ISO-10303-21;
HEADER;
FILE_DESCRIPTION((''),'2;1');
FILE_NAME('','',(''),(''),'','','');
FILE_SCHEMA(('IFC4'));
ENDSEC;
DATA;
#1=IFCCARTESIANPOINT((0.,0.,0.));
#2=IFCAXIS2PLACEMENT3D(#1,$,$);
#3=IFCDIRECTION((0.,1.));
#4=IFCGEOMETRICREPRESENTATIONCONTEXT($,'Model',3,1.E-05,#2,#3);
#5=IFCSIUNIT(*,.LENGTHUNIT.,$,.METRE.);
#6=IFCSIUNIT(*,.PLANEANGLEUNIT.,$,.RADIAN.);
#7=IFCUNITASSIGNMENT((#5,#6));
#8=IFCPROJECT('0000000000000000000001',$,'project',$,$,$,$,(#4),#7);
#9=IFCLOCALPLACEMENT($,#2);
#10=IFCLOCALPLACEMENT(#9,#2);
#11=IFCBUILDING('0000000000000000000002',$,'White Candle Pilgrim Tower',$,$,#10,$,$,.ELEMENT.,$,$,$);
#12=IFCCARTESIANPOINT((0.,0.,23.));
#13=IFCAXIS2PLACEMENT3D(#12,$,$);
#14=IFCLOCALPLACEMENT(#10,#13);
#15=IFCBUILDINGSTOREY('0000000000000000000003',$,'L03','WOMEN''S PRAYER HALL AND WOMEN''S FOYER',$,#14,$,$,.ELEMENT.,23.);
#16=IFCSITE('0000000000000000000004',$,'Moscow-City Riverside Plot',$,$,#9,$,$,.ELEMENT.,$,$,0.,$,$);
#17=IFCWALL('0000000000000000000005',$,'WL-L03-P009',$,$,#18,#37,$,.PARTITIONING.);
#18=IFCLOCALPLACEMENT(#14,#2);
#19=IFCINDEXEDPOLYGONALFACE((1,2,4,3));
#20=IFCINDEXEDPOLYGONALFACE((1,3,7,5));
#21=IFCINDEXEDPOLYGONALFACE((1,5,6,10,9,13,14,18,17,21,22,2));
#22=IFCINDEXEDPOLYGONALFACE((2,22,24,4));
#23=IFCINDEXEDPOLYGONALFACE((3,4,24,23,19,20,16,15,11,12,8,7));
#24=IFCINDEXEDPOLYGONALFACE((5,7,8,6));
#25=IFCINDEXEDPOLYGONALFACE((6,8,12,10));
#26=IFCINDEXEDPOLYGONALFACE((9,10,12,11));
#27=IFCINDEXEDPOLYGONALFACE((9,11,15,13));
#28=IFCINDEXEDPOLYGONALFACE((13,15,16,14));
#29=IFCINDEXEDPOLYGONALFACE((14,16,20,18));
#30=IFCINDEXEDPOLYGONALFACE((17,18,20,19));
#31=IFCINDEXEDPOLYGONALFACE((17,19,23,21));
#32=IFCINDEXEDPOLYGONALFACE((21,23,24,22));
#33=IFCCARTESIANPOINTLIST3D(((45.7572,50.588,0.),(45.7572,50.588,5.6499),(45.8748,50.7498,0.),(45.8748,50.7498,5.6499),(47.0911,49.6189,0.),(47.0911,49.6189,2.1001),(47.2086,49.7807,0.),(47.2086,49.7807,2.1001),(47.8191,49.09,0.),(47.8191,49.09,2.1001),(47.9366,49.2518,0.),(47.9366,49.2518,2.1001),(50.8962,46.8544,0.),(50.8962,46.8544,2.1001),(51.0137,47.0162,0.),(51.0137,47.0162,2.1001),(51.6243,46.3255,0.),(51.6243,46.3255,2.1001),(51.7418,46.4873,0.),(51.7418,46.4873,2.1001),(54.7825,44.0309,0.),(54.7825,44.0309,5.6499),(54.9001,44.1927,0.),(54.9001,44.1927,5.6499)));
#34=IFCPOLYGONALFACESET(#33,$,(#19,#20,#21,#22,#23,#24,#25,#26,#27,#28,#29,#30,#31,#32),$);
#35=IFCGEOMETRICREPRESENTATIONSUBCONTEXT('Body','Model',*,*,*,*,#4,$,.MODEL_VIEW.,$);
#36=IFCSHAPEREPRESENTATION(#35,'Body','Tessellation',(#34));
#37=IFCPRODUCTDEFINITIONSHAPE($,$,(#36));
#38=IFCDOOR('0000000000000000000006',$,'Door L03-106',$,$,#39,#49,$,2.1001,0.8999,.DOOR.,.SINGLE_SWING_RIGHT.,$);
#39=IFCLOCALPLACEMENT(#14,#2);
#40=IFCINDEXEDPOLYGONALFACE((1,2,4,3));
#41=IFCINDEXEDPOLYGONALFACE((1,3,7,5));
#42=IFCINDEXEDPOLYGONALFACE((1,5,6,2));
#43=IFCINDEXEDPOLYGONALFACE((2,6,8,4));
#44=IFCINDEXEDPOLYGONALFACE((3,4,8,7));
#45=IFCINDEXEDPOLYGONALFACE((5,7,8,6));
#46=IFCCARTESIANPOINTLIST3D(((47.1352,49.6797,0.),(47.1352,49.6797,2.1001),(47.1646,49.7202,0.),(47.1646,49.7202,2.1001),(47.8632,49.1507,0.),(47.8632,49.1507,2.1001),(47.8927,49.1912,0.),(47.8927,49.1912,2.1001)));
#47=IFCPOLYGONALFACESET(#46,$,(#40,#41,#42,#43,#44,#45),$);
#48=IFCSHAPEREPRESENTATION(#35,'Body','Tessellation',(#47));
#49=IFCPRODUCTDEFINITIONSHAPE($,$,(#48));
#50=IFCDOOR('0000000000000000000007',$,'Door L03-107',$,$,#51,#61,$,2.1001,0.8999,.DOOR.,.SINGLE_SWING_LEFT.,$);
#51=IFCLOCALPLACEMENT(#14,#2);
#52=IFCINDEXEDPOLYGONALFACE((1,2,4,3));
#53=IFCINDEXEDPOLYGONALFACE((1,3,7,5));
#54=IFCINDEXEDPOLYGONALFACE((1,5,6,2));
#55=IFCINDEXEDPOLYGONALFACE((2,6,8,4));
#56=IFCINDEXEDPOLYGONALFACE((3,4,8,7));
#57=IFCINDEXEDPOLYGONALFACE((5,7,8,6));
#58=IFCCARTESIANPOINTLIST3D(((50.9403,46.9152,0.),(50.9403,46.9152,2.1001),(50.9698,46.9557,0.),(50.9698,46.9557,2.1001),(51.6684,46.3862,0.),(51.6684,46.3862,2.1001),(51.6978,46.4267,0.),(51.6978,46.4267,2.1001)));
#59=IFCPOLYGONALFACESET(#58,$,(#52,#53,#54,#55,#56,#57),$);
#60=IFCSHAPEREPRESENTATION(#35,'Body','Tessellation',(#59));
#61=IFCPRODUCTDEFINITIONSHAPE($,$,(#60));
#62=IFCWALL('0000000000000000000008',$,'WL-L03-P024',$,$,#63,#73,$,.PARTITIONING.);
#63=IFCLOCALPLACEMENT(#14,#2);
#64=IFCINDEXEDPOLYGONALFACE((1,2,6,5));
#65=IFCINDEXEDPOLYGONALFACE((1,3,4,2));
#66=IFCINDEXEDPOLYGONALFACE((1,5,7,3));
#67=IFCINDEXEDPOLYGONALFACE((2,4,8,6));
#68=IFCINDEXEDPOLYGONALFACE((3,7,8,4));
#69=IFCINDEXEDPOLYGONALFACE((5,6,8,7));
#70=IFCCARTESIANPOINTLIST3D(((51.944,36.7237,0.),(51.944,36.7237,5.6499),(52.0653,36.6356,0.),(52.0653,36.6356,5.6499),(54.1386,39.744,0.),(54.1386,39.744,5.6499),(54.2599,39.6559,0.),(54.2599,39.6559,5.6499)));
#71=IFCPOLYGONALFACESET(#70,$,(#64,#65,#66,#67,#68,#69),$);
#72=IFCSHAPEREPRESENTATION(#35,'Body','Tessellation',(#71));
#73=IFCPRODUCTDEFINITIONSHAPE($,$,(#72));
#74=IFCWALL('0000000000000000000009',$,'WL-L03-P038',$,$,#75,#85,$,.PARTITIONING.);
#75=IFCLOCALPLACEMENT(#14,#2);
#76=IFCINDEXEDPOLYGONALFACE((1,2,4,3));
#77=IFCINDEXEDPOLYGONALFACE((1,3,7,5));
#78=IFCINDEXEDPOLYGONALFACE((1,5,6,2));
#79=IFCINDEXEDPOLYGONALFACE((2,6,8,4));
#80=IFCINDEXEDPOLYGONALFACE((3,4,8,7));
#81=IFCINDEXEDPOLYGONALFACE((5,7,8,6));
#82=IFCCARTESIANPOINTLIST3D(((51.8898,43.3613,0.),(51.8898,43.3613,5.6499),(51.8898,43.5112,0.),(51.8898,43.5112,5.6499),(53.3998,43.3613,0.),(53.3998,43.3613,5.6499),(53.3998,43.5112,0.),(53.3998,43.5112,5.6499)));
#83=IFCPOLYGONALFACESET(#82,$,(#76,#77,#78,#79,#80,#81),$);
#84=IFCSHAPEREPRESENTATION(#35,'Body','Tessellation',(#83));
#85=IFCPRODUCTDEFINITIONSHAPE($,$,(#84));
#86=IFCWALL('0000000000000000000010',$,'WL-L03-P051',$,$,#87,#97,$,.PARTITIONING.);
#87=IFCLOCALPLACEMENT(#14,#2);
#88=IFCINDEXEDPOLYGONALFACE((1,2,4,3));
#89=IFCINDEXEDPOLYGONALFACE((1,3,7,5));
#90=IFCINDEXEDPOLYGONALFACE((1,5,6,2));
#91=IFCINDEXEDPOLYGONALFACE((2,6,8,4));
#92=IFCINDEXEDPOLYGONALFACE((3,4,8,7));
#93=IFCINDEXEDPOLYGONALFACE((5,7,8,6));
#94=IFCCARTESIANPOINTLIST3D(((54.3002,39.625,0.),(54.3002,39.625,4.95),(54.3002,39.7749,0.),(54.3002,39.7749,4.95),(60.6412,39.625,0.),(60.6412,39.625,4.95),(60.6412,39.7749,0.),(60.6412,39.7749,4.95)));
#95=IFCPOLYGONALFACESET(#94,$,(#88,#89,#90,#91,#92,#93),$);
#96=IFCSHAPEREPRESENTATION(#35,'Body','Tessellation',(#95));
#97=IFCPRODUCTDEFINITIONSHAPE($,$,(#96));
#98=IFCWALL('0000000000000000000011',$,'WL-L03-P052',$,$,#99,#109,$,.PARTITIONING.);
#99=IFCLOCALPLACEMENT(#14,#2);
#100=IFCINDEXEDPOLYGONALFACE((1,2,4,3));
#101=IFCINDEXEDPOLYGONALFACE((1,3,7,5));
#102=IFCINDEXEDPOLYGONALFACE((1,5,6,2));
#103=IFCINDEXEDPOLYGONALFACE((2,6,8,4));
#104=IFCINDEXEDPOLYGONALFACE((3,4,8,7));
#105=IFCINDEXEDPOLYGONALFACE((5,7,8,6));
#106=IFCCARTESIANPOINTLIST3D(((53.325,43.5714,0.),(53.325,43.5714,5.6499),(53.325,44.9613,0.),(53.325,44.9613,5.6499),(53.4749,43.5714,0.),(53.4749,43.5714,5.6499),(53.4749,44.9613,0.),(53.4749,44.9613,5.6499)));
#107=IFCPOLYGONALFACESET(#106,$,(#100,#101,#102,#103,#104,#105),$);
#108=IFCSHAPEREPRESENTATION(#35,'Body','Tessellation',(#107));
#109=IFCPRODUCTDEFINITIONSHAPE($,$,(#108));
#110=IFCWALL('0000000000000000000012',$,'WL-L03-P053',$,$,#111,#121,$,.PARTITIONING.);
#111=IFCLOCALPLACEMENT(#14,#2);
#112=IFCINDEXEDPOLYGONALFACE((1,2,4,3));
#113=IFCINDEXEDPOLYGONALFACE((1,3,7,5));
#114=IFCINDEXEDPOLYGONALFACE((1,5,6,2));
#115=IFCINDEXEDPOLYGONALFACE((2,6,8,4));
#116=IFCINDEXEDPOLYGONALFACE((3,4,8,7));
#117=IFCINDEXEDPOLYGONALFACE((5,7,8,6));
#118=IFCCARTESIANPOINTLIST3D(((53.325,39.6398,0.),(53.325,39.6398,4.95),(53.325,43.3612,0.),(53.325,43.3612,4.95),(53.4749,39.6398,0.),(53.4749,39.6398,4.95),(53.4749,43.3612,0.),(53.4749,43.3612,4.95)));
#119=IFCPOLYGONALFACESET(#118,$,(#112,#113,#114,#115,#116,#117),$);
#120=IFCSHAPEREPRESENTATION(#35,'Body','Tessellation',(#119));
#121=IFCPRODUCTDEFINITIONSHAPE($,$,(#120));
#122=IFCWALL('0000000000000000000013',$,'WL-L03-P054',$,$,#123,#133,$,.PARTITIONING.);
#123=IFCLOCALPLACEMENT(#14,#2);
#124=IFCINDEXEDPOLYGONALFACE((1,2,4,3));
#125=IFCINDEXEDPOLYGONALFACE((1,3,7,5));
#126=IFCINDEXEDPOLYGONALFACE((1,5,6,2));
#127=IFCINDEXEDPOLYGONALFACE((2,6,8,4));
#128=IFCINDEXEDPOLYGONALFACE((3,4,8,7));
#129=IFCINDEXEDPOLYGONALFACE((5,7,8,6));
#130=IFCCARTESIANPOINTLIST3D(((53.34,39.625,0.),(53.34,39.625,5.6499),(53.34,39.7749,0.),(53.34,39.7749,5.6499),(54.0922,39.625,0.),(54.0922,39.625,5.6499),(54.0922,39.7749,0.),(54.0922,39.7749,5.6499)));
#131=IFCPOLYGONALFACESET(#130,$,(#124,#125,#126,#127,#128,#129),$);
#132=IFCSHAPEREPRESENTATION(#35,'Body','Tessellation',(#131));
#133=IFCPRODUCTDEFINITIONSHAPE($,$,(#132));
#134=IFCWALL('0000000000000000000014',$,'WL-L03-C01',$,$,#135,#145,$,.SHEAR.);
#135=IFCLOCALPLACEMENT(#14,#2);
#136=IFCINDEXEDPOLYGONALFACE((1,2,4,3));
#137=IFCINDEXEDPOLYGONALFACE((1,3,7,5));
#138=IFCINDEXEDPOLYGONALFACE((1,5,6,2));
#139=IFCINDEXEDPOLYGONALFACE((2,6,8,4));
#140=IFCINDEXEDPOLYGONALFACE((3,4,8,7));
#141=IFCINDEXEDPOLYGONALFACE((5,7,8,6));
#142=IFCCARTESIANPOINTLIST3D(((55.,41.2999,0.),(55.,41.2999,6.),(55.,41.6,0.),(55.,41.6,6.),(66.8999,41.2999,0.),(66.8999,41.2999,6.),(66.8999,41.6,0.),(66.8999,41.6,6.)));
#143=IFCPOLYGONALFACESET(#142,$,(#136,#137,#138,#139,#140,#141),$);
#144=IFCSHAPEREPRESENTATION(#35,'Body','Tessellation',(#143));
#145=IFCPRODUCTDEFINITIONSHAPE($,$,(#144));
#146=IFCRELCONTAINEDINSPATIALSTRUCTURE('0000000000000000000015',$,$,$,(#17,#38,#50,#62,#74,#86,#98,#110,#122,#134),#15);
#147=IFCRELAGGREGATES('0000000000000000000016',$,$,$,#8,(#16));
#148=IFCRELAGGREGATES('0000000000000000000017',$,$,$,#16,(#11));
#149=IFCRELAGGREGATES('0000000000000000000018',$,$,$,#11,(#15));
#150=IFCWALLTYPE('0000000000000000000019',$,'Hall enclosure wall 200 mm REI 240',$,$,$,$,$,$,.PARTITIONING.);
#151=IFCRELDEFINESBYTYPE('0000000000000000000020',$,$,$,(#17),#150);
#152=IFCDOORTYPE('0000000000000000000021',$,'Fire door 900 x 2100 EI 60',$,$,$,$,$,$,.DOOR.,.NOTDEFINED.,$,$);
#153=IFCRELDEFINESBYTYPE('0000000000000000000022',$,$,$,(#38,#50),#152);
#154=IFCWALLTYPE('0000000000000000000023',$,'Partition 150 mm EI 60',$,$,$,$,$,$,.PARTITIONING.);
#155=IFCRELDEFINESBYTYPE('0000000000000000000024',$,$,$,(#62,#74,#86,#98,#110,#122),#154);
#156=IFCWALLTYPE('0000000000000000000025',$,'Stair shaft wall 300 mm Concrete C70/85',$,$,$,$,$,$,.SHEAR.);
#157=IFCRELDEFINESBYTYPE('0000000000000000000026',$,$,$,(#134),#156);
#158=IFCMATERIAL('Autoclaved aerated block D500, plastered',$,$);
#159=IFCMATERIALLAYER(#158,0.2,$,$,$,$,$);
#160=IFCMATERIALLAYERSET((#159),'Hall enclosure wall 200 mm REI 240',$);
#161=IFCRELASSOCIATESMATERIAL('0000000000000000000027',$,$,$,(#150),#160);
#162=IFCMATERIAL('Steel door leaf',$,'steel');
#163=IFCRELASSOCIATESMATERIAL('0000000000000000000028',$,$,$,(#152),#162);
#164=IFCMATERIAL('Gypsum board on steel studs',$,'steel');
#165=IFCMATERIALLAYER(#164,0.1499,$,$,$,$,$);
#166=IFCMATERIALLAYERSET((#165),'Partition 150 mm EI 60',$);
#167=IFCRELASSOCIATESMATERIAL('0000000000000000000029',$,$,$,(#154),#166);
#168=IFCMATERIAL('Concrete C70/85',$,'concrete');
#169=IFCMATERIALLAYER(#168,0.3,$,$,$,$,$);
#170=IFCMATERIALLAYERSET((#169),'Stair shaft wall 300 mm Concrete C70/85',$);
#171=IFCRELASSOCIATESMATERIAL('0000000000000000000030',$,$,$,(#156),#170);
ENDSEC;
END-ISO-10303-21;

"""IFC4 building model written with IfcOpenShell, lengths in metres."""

from ifc_helpers import new_model, si_unit, direction, frame, frame_2d, origin, place, context, subcontext, project, spatial, rectangle, extrude, material, layer, layer_set, type_object, element, fill, save


model = new_model("IFC4")

# Units and contexts
model_context = context("Model", 3, precision=1e-05, world=origin(), true_north=direction((0.0, 1.0)))
body_context = subcontext(model_context, "Body", "Model", "MODEL_VIEW")
ifc_project = project(units=[si_unit("LENGTHUNIT", "METRE"), si_unit("PLANEANGLEUNIT", "RADIAN")], contexts=[model_context])

# Site, building, storey
site_placement = place(None, origin())
site = spatial("IfcSite", under=ifc_project, at=site_placement, Name="Moscow-City Riverside Plot", CompositionType="ELEMENT", RefElevation=0.0)
building_placement = place(site_placement, origin())
building = spatial("IfcBuilding", under=site, at=building_placement, Name="White Candle Pilgrim Tower", CompositionType="ELEMENT")
storey_placement = place(building_placement, frame((0.0, 0.0, 23.0)))
storey = spatial("IfcBuildingStorey", under=building, at=storey_placement, Name="L03", Description="WOMEN'S PRAYER HALL AND WOMEN'S FOYER", CompositionType="ELEMENT", Elevation=23.0)

# Wall, openings, doors
ifc_material_1 = material(Name="Autoclaved aerated block D500, plastered")
ifc_layer_1 = layer(ifc_material_1, 0.2)
ifc_layer_set_1 = layer_set([ifc_layer_1], Name="Hall enclosure wall 200 mm REI 240")
wall_type_1 = type_object("IfcWallType", Name="Hall enclosure wall 200 mm REI 240", PredefinedType="PARTITIONING", material=ifc_layer_set_1)
wall_1_placement = place(storey_placement, frame((54.8413, 44.1118, 0.0), z_axis=(0.0, 0.0, 1.0), x_axis=(-0.809026, 0.587773, 0.0)))
wall_1 = element("IfcWall", 1, at=wall_1_placement, inside=storey, type_object=wall_type_1, Name="WL-L03-P009", PredefinedType="PARTITIONING", context=body_context, shape_type="SweptSolid", body=[
    extrude(rectangle(XDim=11.1558, YDim=0.2, at=frame_2d((5.5779, 0.0))), origin(), (0.0, 0.0, 1.0), 5.6499),
])
opening_1_placement = place(wall_1_placement, frame((8.6072, 0.0, 0.0)))
opening_1 = element("IfcOpeningElement", 2, at=opening_1_placement, cuts=wall_1, PredefinedType="OPENING", context=body_context, shape_type="SweptSolid", body=[
    extrude(rectangle(XDim=0.8999, YDim=2.1001, at=frame_2d((0.45, 1.05))), frame((0.0, 0.1099, 0.0), z_axis=(0.0, -1.0, 0.0), x_axis=(1.0, 0.0, 0.0)), (0.0, 0.0, 1.0), 0.22),
])
opening_2_placement = place(wall_1_placement, frame((3.9038, 0.0, 0.0)))
opening_2 = element("IfcOpeningElement", 3, at=opening_2_placement, cuts=wall_1, PredefinedType="OPENING", context=body_context, shape_type="SweptSolid", body=[
    extrude(rectangle(XDim=0.8999, YDim=2.1001, at=frame_2d((0.45, 1.05))), frame((0.0, 0.1099, 0.0), z_axis=(0.0, -1.0, 0.0), x_axis=(1.0, 0.0, 0.0)), (0.0, 0.0, 1.0), 0.22),
])
ifc_material_2 = material(Name="Steel door leaf", Category="steel")
door_type = type_object("IfcDoorType", Name="Fire door 900 x 2100 EI 60", OperationType="NOTDEFINED", PredefinedType="DOOR", material=ifc_material_2)
door_1_placement = place(opening_1_placement, origin())
door_1 = element("IfcDoor", 4, at=door_1_placement, inside=storey, type_object=door_type, Name="Door L03-106", OperationType="SINGLE_SWING_RIGHT", OverallHeight=2.1001, OverallWidth=0.8999, PredefinedType="DOOR", context=body_context, shape_type="SweptSolid", body=[
    extrude(rectangle(XDim=0.8999, YDim=2.1001, at=frame_2d((0.45, 1.05))), frame((0.0, 0.0249, 0.0), z_axis=(0.0, -1.0, 0.0), x_axis=(1.0, 0.0, 0.0)), (0.0, 0.0, 1.0), 0.05),
])
fill(opening_1, door_1)
door_2_placement = place(opening_2_placement, origin())
door_2 = element("IfcDoor", 5, at=door_2_placement, inside=storey, type_object=door_type, Name="Door L03-107", OperationType="SINGLE_SWING_LEFT", OverallHeight=2.1001, OverallWidth=0.8999, PredefinedType="DOOR", context=body_context, shape_type="SweptSolid", body=[
    extrude(rectangle(XDim=0.8999, YDim=2.1001, at=frame_2d((0.45, 1.05))), frame((0.0, 0.0249, 0.0), z_axis=(0.0, -1.0, 0.0), x_axis=(1.0, 0.0, 0.0)), (0.0, 0.0, 1.0), 0.05),
])
fill(opening_2, door_2)

# Walls
ifc_material_3 = material(Name="Gypsum board on steel studs", Category="steel")
ifc_layer_2 = layer(ifc_material_3, 0.1499)
ifc_layer_set_2 = layer_set([ifc_layer_2], Name="Partition 150 mm EI 60")
wall_type_2 = type_object("IfcWallType", Name="Partition 150 mm EI 60", PredefinedType="PARTITIONING", material=ifc_layer_set_2)
wall_2_placement = place(storey_placement, frame((52.0046, 36.6797, 0.0), z_axis=(0.0, 0.0, 1.0), x_axis=(0.587826, 0.808988, 0.0)))
element("IfcWall", 6, at=wall_2_placement, inside=storey, type_object=wall_type_2, Name="WL-L03-P024", PredefinedType="PARTITIONING", context=body_context, shape_type="SweptSolid", body=[
    extrude(rectangle(XDim=3.7334, YDim=0.1499, at=frame_2d((1.8667, 0.0))), origin(), (0.0, 0.0, 1.0), 5.6499),
])
wall_3_placement = place(storey_placement, frame((51.8899, 43.4363, 0.0), z_axis=(0.0, 0.0, 1.0), x_axis=(1.0, 0.0, 0.0)))
element("IfcWall", 7, at=wall_3_placement, inside=storey, type_object=wall_type_2, Name="WL-L03-P038", PredefinedType="PARTITIONING", context=body_context, shape_type="SweptSolid", body=[
    extrude(rectangle(XDim=1.51, YDim=0.1499, at=frame_2d((0.7549, 0.0))), origin(), (0.0, 0.0, 1.0), 5.6499),
])
wall_4_placement = place(storey_placement, frame((54.3003, 39.7, 0.0), z_axis=(0.0, 0.0, 1.0), x_axis=(1.0, 0.0, 0.0)))
element("IfcWall", 8, at=wall_4_placement, inside=storey, type_object=wall_type_2, Name="WL-L03-P051", PredefinedType="PARTITIONING", context=body_context, shape_type="SweptSolid", body=[
    extrude(rectangle(XDim=6.3411, YDim=0.1499, at=frame_2d((3.1704, 0.0))), origin(), (0.0, 0.0, 1.0), 4.95),
])
wall_5_placement = place(storey_placement, frame((53.3999, 44.9612, 0.0), z_axis=(0.0, 0.0, 1.0), x_axis=(0.0, -1.0, 0.0)))
element("IfcWall", 9, at=wall_5_placement, inside=storey, type_object=wall_type_2, Name="WL-L03-P052", PredefinedType="PARTITIONING", context=body_context, shape_type="SweptSolid", body=[
    extrude(rectangle(XDim=1.3899, YDim=0.1499, at=frame_2d((0.6948, 0.0))), origin(), (0.0, 0.0, 1.0), 5.6499),
])
wall_6_placement = place(storey_placement, frame((53.3999, 43.3613, 0.0), z_axis=(0.0, 0.0, 1.0), x_axis=(0.0, -1.0, 0.0)))
element("IfcWall", 10, at=wall_6_placement, inside=storey, type_object=wall_type_2, Name="WL-L03-P053", PredefinedType="PARTITIONING", context=body_context, shape_type="SweptSolid", body=[
    extrude(rectangle(XDim=3.7214, YDim=0.1499, at=frame_2d((1.8608, 0.0))), origin(), (0.0, 0.0, 1.0), 4.95),
])
wall_7_placement = place(storey_placement, frame((53.3401, 39.7, 0.0), z_axis=(0.0, 0.0, 1.0), x_axis=(1.0, 0.0, 0.0)))
element("IfcWall", 11, at=wall_7_placement, inside=storey, type_object=wall_type_2, Name="WL-L03-P054", PredefinedType="PARTITIONING", context=body_context, shape_type="SweptSolid", body=[
    extrude(rectangle(XDim=0.7522, YDim=0.1499, at=frame_2d((0.376, 0.0))), origin(), (0.0, 0.0, 1.0), 5.6499),
])
ifc_material_4 = material(Name="Concrete C70/85", Category="concrete")
ifc_layer_3 = layer(ifc_material_4, 0.3)
ifc_layer_set_3 = layer_set([ifc_layer_3], Name="Stair shaft wall 300 mm Concrete C70/85")
wall_type_3 = type_object("IfcWallType", Name="Stair shaft wall 300 mm Concrete C70/85", PredefinedType="SHEAR", material=ifc_layer_set_3)
wall_8_placement = place(storey_placement, frame((55.0, 41.45, 0.0), z_axis=(0.0, 0.0, 1.0), x_axis=(1.0, 0.0, 0.0)))
element("IfcWall", 12, at=wall_8_placement, inside=storey, type_object=wall_type_3, Name="WL-L03-C01", PredefinedType="SHEAR", context=body_context, shape_type="SweptSolid", body=[
    extrude(rectangle(XDim=11.8999, YDim=0.3, at=frame_2d((5.95, 0.0))), origin(), (0.0, 0.0, 1.0), 6.0),
])

save(model, "model.ifc")
